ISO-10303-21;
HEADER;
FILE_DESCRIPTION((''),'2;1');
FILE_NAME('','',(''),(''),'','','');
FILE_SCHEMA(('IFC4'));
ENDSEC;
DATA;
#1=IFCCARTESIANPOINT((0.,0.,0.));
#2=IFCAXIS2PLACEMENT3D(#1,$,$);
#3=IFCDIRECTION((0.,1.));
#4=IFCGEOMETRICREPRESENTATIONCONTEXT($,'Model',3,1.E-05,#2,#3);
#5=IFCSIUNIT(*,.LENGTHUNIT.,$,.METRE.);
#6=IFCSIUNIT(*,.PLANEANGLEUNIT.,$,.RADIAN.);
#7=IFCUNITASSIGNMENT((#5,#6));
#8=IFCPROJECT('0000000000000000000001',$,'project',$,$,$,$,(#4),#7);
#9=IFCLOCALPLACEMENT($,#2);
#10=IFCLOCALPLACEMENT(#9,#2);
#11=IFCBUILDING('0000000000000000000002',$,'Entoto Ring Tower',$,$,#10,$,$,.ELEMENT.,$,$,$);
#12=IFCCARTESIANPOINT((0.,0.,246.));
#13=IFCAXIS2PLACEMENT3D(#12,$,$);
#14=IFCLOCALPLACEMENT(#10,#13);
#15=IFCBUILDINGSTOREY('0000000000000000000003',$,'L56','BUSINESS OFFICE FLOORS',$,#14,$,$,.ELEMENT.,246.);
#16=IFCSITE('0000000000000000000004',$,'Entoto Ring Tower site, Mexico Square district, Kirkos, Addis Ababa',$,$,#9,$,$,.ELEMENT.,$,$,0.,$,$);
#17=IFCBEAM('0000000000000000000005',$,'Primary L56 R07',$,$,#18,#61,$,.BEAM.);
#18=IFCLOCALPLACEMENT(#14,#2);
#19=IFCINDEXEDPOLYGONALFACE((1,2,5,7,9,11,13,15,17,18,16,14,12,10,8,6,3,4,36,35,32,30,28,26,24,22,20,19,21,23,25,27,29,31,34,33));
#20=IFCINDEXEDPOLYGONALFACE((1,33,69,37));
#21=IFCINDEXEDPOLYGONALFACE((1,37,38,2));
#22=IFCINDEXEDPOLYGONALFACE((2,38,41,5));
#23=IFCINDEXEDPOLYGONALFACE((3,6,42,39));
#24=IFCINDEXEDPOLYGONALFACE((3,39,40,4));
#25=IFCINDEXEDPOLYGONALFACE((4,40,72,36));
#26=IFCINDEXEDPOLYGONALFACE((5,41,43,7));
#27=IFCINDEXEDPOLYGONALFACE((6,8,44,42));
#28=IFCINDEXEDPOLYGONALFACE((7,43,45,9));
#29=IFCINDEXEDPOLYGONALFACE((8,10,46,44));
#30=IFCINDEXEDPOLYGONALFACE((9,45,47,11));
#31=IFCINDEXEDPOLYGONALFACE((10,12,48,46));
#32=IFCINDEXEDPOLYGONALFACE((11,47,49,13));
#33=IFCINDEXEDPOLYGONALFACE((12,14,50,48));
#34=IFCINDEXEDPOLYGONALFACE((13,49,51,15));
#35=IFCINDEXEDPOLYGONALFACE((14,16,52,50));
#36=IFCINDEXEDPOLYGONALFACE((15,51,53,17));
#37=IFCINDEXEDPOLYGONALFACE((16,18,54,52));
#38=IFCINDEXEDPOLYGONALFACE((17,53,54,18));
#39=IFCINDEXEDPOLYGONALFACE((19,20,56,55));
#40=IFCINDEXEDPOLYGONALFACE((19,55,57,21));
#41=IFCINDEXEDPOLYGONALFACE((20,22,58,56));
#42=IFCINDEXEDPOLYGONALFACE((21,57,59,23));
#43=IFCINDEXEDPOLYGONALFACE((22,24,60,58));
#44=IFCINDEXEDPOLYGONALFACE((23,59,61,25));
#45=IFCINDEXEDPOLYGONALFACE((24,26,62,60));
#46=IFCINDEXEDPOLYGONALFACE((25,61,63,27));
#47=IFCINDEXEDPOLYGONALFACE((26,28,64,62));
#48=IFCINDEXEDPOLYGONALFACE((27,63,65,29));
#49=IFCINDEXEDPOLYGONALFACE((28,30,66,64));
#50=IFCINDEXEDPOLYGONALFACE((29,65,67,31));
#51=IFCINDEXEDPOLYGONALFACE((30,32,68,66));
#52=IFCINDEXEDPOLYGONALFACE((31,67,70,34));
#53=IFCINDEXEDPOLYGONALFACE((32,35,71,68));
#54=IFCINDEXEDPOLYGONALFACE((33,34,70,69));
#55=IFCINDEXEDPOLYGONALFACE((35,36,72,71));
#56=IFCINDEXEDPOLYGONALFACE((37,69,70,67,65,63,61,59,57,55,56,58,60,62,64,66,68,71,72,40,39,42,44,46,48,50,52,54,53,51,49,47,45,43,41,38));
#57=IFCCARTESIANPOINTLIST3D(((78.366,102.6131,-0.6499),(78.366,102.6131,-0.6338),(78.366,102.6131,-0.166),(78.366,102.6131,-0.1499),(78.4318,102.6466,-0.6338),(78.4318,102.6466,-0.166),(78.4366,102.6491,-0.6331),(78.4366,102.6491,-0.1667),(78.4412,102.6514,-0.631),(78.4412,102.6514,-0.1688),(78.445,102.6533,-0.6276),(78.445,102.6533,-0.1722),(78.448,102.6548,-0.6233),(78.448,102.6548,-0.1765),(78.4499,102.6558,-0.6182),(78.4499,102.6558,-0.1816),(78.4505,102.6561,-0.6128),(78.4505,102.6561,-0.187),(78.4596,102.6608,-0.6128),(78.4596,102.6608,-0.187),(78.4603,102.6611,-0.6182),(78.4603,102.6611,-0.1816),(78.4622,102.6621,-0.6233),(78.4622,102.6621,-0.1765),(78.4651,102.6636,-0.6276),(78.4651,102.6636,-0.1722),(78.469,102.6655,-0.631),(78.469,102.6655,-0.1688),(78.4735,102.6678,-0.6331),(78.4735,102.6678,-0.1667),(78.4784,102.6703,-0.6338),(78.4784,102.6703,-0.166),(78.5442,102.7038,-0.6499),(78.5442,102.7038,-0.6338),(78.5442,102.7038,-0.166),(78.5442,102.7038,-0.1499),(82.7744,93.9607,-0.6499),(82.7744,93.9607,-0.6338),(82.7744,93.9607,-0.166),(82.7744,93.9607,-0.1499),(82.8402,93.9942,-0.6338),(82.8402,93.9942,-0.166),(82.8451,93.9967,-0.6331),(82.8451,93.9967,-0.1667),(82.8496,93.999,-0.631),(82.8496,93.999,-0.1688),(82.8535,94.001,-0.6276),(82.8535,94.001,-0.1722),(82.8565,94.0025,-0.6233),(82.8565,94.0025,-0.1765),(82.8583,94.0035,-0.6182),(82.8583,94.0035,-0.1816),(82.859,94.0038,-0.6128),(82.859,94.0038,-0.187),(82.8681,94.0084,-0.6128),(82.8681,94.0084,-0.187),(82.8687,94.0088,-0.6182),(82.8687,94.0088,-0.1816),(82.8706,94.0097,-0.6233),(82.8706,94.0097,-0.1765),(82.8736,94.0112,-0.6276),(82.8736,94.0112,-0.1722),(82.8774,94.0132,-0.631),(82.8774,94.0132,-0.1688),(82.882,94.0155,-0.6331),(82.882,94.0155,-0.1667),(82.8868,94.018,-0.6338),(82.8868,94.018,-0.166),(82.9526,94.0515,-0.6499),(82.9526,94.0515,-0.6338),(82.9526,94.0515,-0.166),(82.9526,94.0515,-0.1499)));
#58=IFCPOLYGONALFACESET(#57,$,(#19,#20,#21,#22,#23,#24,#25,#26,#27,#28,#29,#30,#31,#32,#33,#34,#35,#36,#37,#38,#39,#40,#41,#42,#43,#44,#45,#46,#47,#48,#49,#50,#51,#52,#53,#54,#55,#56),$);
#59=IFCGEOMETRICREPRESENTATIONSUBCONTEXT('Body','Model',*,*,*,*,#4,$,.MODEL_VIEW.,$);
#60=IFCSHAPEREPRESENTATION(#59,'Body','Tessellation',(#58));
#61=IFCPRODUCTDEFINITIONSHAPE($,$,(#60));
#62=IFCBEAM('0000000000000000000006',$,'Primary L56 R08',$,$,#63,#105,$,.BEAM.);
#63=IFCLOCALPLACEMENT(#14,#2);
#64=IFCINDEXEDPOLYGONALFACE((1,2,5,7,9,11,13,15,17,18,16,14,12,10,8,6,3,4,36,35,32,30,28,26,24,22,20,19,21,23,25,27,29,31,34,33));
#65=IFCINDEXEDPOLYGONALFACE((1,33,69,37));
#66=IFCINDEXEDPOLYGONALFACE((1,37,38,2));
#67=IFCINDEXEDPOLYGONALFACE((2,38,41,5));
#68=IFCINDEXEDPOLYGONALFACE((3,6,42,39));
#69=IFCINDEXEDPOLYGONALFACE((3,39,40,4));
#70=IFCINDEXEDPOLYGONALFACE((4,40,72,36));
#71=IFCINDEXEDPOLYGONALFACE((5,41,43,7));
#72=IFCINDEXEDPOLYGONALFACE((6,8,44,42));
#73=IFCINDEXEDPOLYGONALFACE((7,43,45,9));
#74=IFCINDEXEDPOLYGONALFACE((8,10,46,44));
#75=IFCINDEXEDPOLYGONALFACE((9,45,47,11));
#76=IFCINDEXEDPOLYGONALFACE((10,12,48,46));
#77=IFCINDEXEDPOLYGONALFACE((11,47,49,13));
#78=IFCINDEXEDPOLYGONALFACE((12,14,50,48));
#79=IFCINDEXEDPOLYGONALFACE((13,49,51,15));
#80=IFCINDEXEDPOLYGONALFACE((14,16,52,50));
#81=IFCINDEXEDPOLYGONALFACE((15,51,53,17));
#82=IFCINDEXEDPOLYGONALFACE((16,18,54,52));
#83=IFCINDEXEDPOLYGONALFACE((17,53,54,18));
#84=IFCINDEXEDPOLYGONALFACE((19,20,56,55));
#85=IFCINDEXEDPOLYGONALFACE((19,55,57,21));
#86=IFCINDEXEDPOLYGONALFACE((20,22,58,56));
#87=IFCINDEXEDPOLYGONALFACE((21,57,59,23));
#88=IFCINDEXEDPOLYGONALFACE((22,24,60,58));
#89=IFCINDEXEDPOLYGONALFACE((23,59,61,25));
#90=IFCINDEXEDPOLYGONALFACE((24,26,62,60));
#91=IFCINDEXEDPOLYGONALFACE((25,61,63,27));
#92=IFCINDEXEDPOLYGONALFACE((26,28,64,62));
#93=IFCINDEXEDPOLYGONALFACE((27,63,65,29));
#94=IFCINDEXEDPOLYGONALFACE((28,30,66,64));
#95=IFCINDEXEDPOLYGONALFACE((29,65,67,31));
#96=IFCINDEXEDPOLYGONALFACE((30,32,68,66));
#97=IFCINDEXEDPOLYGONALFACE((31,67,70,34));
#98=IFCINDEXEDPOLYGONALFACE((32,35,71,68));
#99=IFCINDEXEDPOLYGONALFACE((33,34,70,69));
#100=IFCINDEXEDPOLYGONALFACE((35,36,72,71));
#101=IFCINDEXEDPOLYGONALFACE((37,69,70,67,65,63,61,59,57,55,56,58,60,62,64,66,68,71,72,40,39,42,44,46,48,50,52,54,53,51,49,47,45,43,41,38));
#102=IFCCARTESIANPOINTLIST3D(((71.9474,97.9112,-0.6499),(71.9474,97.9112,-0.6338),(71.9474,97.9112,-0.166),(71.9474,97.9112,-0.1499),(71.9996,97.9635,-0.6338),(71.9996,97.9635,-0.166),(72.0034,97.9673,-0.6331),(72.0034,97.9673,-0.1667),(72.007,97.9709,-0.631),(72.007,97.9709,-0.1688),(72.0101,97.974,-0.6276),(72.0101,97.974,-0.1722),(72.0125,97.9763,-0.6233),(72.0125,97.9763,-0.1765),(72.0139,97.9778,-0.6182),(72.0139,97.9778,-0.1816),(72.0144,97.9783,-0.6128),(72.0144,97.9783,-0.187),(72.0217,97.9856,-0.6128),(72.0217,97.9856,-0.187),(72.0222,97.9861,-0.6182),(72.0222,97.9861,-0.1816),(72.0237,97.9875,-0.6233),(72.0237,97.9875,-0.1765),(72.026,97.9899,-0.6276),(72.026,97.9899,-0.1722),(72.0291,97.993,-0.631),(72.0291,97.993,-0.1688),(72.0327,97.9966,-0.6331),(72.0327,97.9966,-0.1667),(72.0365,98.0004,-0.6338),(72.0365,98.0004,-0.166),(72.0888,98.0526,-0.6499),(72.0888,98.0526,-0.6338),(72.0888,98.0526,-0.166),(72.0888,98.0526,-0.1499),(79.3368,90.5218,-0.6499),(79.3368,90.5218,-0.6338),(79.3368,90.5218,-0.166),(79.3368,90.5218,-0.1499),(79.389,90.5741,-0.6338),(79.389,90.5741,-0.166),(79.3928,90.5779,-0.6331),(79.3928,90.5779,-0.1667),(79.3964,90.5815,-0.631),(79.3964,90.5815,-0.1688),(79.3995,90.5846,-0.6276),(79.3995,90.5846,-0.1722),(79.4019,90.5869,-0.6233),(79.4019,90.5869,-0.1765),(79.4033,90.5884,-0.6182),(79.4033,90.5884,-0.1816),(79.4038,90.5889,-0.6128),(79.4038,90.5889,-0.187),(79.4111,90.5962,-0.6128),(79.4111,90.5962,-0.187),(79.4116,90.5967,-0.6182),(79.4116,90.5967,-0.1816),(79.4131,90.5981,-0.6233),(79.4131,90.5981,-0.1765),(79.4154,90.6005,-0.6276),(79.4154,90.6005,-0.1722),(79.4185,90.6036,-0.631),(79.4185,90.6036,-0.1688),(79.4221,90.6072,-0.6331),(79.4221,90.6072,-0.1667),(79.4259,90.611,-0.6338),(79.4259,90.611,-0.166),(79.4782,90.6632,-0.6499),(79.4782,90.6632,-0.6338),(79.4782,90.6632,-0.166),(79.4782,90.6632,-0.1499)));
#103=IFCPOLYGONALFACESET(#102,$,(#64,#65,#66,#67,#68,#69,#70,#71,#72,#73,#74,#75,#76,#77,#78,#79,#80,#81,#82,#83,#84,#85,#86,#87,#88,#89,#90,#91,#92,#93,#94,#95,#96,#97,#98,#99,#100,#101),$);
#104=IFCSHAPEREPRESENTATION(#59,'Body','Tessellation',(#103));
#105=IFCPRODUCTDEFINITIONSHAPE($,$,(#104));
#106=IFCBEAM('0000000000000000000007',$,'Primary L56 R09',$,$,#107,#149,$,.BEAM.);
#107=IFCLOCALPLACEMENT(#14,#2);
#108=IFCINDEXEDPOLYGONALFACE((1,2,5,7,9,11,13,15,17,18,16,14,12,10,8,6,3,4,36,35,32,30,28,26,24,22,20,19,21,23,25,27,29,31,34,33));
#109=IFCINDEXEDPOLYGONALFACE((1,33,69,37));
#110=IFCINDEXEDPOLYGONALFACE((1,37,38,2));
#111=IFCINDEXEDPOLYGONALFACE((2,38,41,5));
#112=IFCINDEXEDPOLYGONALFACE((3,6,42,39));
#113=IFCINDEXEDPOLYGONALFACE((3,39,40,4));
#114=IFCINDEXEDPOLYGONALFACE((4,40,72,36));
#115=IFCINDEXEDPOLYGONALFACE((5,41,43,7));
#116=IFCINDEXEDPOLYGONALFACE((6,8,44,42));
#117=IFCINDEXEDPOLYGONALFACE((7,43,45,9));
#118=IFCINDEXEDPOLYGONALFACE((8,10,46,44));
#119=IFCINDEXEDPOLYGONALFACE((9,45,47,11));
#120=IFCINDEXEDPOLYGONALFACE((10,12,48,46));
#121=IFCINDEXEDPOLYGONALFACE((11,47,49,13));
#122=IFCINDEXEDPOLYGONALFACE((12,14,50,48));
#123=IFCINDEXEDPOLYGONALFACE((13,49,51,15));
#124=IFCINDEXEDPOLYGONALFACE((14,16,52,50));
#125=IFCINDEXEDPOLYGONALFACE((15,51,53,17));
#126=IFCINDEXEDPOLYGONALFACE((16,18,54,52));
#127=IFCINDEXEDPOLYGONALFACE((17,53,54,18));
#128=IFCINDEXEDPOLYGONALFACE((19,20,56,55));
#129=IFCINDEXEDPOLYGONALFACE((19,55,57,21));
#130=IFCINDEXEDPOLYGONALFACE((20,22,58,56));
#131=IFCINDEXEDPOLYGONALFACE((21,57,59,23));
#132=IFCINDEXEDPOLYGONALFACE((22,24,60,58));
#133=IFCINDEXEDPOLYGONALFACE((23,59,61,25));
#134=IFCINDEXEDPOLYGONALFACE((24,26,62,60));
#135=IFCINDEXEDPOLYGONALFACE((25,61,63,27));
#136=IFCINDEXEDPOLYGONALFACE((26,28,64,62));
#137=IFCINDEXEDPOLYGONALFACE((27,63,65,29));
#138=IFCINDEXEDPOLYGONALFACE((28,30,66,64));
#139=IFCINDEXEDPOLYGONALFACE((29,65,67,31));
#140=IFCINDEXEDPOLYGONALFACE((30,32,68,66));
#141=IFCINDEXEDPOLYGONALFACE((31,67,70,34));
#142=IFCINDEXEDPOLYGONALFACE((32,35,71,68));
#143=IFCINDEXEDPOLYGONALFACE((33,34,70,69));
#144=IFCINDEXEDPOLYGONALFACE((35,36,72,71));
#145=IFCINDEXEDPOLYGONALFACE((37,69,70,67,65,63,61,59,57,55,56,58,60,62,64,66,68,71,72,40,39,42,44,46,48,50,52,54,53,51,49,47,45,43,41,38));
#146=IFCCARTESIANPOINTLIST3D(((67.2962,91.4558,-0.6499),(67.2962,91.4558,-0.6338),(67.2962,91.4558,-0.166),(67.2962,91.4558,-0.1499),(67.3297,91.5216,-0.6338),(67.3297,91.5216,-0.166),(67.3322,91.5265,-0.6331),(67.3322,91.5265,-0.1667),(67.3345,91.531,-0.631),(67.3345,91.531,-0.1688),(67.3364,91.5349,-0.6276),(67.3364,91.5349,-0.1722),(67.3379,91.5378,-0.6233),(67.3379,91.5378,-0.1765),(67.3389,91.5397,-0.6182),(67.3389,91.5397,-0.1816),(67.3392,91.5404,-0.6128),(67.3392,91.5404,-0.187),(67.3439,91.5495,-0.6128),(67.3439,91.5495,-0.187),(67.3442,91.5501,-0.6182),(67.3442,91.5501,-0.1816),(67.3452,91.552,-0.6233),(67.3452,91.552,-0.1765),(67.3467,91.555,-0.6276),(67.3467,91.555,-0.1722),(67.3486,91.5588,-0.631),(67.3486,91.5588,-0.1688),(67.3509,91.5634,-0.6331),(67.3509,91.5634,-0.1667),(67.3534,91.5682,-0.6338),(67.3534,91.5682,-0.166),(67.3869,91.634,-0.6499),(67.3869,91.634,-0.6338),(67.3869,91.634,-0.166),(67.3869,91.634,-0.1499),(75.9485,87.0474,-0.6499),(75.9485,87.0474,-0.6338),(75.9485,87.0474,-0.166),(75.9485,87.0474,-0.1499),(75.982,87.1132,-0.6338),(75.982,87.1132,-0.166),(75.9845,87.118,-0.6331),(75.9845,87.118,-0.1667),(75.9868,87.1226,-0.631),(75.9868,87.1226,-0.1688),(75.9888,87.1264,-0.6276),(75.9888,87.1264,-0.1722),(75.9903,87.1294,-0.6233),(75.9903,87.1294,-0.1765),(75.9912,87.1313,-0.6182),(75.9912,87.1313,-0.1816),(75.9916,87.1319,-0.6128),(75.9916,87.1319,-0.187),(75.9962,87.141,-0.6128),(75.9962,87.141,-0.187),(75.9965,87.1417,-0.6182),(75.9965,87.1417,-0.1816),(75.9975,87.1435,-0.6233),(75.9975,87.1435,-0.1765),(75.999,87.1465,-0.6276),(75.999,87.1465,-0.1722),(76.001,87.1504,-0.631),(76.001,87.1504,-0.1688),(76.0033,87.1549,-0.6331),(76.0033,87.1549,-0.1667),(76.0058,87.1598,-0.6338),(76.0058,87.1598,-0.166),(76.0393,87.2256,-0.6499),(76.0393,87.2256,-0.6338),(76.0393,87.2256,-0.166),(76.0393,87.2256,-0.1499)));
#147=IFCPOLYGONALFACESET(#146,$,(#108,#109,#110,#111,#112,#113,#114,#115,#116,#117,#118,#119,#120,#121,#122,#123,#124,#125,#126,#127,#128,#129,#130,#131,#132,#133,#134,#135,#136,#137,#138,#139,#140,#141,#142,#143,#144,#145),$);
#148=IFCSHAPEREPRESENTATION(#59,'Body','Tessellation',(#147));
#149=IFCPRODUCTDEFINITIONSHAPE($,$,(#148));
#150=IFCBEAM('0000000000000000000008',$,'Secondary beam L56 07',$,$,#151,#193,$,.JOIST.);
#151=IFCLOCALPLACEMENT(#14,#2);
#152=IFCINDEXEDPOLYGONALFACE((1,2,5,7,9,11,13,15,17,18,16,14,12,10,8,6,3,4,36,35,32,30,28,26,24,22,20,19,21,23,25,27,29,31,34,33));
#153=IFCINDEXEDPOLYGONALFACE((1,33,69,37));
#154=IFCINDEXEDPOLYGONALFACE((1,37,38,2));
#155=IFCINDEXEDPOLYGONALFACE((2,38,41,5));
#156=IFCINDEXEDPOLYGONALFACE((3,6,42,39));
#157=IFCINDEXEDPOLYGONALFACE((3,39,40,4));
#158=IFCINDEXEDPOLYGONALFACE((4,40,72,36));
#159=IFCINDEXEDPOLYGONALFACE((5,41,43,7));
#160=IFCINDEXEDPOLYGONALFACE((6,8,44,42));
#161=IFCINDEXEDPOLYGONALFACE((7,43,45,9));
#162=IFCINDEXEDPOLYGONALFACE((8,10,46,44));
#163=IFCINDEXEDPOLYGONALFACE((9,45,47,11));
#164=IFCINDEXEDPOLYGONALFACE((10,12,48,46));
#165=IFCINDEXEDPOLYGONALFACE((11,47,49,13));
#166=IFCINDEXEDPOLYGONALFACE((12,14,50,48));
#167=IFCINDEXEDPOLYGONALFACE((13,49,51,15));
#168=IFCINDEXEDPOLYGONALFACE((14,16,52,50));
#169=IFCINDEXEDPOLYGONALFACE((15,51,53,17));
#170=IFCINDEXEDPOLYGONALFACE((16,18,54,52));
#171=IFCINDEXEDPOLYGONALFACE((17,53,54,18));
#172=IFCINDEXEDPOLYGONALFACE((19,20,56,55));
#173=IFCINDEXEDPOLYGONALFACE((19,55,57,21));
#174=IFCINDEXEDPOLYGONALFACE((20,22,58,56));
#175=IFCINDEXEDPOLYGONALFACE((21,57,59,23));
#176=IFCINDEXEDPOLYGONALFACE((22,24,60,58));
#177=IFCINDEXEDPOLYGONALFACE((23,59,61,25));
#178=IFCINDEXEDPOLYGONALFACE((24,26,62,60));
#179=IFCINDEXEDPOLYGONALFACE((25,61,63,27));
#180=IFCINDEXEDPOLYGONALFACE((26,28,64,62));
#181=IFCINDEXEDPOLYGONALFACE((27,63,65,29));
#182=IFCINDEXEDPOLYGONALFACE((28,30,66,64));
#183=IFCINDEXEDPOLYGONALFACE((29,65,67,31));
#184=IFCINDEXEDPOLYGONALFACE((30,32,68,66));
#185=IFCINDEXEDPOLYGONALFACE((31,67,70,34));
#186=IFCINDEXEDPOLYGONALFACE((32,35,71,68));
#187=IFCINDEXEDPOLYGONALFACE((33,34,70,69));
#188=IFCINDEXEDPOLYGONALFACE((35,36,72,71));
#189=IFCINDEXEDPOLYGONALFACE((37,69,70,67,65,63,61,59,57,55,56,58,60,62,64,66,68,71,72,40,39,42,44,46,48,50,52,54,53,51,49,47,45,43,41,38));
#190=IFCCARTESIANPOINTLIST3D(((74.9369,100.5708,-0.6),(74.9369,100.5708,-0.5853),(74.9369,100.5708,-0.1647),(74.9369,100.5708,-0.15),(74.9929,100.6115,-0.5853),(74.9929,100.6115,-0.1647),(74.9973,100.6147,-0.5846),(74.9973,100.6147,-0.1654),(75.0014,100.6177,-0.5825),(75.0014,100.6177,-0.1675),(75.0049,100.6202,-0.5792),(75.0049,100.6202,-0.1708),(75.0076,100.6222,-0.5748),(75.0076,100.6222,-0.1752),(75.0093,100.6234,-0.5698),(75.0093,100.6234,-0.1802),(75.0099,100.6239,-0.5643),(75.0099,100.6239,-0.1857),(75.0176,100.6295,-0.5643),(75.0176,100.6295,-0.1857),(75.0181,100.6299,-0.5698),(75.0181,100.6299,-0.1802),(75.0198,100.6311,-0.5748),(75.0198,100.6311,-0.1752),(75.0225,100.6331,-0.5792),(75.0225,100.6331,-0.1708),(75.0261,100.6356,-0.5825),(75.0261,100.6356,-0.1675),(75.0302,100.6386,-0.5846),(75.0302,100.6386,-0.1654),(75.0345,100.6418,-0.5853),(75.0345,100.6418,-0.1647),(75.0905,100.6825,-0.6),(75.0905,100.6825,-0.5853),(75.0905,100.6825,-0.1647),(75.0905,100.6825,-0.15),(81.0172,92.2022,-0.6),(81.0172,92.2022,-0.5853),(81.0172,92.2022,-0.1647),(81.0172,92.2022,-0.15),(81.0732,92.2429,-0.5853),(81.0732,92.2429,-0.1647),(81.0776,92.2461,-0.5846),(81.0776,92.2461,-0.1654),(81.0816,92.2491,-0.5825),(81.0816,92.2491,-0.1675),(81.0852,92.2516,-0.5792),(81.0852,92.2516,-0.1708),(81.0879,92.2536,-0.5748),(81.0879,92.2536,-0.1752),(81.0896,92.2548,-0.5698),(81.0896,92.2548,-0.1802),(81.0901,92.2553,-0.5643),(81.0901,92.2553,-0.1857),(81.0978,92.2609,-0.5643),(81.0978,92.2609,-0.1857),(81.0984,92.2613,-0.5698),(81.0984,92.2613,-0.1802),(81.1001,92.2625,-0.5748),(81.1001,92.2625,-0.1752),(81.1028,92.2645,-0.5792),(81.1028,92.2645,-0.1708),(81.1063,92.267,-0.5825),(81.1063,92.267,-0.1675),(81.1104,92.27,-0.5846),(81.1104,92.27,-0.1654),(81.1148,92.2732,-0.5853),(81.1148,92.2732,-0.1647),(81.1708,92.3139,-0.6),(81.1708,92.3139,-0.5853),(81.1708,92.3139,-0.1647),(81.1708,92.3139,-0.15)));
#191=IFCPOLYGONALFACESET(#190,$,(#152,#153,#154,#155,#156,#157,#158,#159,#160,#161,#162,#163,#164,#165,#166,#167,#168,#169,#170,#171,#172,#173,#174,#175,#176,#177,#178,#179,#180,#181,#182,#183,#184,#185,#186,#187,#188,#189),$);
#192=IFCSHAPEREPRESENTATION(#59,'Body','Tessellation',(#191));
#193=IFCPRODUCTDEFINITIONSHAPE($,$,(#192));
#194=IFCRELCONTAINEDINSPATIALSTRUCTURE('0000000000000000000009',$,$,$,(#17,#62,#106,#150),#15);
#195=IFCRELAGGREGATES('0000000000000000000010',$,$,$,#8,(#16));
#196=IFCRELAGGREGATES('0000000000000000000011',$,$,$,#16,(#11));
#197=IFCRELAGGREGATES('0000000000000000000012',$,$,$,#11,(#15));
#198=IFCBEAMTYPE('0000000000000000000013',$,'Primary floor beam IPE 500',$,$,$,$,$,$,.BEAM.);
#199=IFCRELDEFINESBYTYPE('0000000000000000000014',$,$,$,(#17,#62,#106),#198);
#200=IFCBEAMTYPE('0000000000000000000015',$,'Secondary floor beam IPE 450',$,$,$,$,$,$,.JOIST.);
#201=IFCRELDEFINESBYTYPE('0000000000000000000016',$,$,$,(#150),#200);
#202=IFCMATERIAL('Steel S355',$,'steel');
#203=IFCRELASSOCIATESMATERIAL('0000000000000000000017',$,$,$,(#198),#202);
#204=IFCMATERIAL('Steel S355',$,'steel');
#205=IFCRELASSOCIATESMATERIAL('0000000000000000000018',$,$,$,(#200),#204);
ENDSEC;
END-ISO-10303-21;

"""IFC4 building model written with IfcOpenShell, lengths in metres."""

from ifc_helpers import new_model, si_unit, direction, frame, origin, origin_2d, place, context, subcontext, project, spatial, i_section, extrude, material, material_profile, profile_set, type_object, element, save


model = new_model("IFC4")

# Units and contexts
model_context = context("Model", 3, precision=1e-05, world=origin(), true_north=direction((0.0, 1.0)))
body_context = subcontext(model_context, "Body", "Model", "MODEL_VIEW")
ifc_project = project(units=[si_unit("LENGTHUNIT", "METRE"), si_unit("PLANEANGLEUNIT", "RADIAN")], contexts=[model_context])

# Site, building, storey
site_placement = place(None, origin())
site = spatial("IfcSite", under=ifc_project, at=site_placement, Name="Entoto Ring Tower site, Mexico Square district, Kirkos, Addis Ababa", CompositionType="ELEMENT", RefElevation=0.0)
building_placement = place(site_placement, origin())
building = spatial("IfcBuilding", under=site, at=building_placement, Name="Entoto Ring Tower", CompositionType="ELEMENT")
storey_placement = place(building_placement, frame((0.0, 0.0, 246.0)))
storey = spatial("IfcBuildingStorey", under=building, at=storey_placement, Name="L56", Description="BUSINESS OFFICE FLOORS", CompositionType="ELEMENT", Elevation=246.0)

# Beams
ifc_material_1 = material(Name="Steel S355", Category="steel")
ifc_material_profile_1 = material_profile(ifc_material_1, i_section(OverallWidth=0.2, OverallDepth=0.5, WebThickness=0.0103, FlangeThickness=0.0161, FilletRadius=0.021, at=origin_2d()), Name="IPE 500")
ifc_profile_set_1 = profile_set([ifc_material_profile_1], Name="Steel S355")
beam_type_1 = type_object("IfcBeamType", Name="Primary floor beam IPE 500", PredefinedType="BEAM", material=ifc_profile_set_1)
beam_1_placement = place(storey_placement, frame((82.8635, 94.0061, -0.3999), z_axis=(-0.453979, 0.891012, 0.0), x_axis=(-0.891012, -0.453979, 0.0)))
element("IfcBeam", 1, at=beam_1_placement, inside=storey, type_object=beam_type_1, Name="Primary L56 R07", PredefinedType="BEAM", context=body_context, shape_type="SweptSolid", body=[
    extrude(i_section(OverallWidth=0.2, OverallDepth=0.5, WebThickness=0.0103, FlangeThickness=0.0161, FilletRadius=0.021, at=origin_2d()), origin(), (0.0, 0.0, 1.0), 9.7107),
])
beam_2_placement = place(storey_placement, frame((79.4075, 90.5925, -0.3999), z_axis=(-0.707107, 0.707107, 0.0), x_axis=(-0.707107, -0.707107, 0.0)))
element("IfcBeam", 2, at=beam_2_placement, inside=storey, type_object=beam_type_1, Name="Primary L56 R08", PredefinedType="BEAM", context=body_context, shape_type="SweptSolid", body=[
    extrude(i_section(OverallWidth=0.2, OverallDepth=0.5, WebThickness=0.0103, FlangeThickness=0.0161, FilletRadius=0.021, at=origin_2d()), origin(), (0.0, 0.0, 1.0), 10.4502),
])
beam_3_placement = place(storey_placement, frame((75.9939, 87.1365, -0.3999), z_axis=(-0.891012, 0.453979, 0.0), x_axis=(-0.453979, -0.891012, 0.0)))
element("IfcBeam", 3, at=beam_3_placement, inside=storey, type_object=beam_type_1, Name="Primary L56 R09", PredefinedType="BEAM", context=body_context, shape_type="SweptSolid", body=[
    extrude(i_section(OverallWidth=0.2, OverallDepth=0.5, WebThickness=0.0103, FlangeThickness=0.0161, FilletRadius=0.021, at=origin_2d()), origin(), (0.0, 0.0, 1.0), 9.7107),
])
ifc_material_2 = material(Name="Steel S355", Category="steel")
ifc_material_profile_2 = material_profile(ifc_material_2, i_section(OverallWidth=0.1899, OverallDepth=0.45, WebThickness=0.0095, FlangeThickness=0.0146, FilletRadius=0.021, at=origin_2d()), Name="IPE 450")
ifc_profile_set_2 = profile_set([ifc_material_profile_2], Name="Steel S355")
beam_type_2 = type_object("IfcBeamType", Name="Secondary floor beam IPE 450", PredefinedType="JOIST", material=ifc_profile_set_2)
for number, where, z_axis, x_axis, name in (
    (4, (81.094, 92.2581, -0.375), (-0.587794, 0.809011, 0.0), (-0.809011, -0.587794, 0.0), "Secondary beam L56 07"),
):
    element("IfcBeam", number, at=place(storey_placement, frame(where, z_axis=z_axis, x_axis=x_axis)), inside=storey, type_object=beam_type_2, Name=name, PredefinedType="JOIST", context=body_context, shape_type="SweptSolid", body=[
        extrude(i_section(OverallWidth=0.1899, OverallDepth=0.45, WebThickness=0.0095, FlangeThickness=0.0146, FilletRadius=0.021, at=origin_2d()), origin(), (0.0, 0.0, 1.0), 10.3442),
    ])

save(model, "model.ifc")
